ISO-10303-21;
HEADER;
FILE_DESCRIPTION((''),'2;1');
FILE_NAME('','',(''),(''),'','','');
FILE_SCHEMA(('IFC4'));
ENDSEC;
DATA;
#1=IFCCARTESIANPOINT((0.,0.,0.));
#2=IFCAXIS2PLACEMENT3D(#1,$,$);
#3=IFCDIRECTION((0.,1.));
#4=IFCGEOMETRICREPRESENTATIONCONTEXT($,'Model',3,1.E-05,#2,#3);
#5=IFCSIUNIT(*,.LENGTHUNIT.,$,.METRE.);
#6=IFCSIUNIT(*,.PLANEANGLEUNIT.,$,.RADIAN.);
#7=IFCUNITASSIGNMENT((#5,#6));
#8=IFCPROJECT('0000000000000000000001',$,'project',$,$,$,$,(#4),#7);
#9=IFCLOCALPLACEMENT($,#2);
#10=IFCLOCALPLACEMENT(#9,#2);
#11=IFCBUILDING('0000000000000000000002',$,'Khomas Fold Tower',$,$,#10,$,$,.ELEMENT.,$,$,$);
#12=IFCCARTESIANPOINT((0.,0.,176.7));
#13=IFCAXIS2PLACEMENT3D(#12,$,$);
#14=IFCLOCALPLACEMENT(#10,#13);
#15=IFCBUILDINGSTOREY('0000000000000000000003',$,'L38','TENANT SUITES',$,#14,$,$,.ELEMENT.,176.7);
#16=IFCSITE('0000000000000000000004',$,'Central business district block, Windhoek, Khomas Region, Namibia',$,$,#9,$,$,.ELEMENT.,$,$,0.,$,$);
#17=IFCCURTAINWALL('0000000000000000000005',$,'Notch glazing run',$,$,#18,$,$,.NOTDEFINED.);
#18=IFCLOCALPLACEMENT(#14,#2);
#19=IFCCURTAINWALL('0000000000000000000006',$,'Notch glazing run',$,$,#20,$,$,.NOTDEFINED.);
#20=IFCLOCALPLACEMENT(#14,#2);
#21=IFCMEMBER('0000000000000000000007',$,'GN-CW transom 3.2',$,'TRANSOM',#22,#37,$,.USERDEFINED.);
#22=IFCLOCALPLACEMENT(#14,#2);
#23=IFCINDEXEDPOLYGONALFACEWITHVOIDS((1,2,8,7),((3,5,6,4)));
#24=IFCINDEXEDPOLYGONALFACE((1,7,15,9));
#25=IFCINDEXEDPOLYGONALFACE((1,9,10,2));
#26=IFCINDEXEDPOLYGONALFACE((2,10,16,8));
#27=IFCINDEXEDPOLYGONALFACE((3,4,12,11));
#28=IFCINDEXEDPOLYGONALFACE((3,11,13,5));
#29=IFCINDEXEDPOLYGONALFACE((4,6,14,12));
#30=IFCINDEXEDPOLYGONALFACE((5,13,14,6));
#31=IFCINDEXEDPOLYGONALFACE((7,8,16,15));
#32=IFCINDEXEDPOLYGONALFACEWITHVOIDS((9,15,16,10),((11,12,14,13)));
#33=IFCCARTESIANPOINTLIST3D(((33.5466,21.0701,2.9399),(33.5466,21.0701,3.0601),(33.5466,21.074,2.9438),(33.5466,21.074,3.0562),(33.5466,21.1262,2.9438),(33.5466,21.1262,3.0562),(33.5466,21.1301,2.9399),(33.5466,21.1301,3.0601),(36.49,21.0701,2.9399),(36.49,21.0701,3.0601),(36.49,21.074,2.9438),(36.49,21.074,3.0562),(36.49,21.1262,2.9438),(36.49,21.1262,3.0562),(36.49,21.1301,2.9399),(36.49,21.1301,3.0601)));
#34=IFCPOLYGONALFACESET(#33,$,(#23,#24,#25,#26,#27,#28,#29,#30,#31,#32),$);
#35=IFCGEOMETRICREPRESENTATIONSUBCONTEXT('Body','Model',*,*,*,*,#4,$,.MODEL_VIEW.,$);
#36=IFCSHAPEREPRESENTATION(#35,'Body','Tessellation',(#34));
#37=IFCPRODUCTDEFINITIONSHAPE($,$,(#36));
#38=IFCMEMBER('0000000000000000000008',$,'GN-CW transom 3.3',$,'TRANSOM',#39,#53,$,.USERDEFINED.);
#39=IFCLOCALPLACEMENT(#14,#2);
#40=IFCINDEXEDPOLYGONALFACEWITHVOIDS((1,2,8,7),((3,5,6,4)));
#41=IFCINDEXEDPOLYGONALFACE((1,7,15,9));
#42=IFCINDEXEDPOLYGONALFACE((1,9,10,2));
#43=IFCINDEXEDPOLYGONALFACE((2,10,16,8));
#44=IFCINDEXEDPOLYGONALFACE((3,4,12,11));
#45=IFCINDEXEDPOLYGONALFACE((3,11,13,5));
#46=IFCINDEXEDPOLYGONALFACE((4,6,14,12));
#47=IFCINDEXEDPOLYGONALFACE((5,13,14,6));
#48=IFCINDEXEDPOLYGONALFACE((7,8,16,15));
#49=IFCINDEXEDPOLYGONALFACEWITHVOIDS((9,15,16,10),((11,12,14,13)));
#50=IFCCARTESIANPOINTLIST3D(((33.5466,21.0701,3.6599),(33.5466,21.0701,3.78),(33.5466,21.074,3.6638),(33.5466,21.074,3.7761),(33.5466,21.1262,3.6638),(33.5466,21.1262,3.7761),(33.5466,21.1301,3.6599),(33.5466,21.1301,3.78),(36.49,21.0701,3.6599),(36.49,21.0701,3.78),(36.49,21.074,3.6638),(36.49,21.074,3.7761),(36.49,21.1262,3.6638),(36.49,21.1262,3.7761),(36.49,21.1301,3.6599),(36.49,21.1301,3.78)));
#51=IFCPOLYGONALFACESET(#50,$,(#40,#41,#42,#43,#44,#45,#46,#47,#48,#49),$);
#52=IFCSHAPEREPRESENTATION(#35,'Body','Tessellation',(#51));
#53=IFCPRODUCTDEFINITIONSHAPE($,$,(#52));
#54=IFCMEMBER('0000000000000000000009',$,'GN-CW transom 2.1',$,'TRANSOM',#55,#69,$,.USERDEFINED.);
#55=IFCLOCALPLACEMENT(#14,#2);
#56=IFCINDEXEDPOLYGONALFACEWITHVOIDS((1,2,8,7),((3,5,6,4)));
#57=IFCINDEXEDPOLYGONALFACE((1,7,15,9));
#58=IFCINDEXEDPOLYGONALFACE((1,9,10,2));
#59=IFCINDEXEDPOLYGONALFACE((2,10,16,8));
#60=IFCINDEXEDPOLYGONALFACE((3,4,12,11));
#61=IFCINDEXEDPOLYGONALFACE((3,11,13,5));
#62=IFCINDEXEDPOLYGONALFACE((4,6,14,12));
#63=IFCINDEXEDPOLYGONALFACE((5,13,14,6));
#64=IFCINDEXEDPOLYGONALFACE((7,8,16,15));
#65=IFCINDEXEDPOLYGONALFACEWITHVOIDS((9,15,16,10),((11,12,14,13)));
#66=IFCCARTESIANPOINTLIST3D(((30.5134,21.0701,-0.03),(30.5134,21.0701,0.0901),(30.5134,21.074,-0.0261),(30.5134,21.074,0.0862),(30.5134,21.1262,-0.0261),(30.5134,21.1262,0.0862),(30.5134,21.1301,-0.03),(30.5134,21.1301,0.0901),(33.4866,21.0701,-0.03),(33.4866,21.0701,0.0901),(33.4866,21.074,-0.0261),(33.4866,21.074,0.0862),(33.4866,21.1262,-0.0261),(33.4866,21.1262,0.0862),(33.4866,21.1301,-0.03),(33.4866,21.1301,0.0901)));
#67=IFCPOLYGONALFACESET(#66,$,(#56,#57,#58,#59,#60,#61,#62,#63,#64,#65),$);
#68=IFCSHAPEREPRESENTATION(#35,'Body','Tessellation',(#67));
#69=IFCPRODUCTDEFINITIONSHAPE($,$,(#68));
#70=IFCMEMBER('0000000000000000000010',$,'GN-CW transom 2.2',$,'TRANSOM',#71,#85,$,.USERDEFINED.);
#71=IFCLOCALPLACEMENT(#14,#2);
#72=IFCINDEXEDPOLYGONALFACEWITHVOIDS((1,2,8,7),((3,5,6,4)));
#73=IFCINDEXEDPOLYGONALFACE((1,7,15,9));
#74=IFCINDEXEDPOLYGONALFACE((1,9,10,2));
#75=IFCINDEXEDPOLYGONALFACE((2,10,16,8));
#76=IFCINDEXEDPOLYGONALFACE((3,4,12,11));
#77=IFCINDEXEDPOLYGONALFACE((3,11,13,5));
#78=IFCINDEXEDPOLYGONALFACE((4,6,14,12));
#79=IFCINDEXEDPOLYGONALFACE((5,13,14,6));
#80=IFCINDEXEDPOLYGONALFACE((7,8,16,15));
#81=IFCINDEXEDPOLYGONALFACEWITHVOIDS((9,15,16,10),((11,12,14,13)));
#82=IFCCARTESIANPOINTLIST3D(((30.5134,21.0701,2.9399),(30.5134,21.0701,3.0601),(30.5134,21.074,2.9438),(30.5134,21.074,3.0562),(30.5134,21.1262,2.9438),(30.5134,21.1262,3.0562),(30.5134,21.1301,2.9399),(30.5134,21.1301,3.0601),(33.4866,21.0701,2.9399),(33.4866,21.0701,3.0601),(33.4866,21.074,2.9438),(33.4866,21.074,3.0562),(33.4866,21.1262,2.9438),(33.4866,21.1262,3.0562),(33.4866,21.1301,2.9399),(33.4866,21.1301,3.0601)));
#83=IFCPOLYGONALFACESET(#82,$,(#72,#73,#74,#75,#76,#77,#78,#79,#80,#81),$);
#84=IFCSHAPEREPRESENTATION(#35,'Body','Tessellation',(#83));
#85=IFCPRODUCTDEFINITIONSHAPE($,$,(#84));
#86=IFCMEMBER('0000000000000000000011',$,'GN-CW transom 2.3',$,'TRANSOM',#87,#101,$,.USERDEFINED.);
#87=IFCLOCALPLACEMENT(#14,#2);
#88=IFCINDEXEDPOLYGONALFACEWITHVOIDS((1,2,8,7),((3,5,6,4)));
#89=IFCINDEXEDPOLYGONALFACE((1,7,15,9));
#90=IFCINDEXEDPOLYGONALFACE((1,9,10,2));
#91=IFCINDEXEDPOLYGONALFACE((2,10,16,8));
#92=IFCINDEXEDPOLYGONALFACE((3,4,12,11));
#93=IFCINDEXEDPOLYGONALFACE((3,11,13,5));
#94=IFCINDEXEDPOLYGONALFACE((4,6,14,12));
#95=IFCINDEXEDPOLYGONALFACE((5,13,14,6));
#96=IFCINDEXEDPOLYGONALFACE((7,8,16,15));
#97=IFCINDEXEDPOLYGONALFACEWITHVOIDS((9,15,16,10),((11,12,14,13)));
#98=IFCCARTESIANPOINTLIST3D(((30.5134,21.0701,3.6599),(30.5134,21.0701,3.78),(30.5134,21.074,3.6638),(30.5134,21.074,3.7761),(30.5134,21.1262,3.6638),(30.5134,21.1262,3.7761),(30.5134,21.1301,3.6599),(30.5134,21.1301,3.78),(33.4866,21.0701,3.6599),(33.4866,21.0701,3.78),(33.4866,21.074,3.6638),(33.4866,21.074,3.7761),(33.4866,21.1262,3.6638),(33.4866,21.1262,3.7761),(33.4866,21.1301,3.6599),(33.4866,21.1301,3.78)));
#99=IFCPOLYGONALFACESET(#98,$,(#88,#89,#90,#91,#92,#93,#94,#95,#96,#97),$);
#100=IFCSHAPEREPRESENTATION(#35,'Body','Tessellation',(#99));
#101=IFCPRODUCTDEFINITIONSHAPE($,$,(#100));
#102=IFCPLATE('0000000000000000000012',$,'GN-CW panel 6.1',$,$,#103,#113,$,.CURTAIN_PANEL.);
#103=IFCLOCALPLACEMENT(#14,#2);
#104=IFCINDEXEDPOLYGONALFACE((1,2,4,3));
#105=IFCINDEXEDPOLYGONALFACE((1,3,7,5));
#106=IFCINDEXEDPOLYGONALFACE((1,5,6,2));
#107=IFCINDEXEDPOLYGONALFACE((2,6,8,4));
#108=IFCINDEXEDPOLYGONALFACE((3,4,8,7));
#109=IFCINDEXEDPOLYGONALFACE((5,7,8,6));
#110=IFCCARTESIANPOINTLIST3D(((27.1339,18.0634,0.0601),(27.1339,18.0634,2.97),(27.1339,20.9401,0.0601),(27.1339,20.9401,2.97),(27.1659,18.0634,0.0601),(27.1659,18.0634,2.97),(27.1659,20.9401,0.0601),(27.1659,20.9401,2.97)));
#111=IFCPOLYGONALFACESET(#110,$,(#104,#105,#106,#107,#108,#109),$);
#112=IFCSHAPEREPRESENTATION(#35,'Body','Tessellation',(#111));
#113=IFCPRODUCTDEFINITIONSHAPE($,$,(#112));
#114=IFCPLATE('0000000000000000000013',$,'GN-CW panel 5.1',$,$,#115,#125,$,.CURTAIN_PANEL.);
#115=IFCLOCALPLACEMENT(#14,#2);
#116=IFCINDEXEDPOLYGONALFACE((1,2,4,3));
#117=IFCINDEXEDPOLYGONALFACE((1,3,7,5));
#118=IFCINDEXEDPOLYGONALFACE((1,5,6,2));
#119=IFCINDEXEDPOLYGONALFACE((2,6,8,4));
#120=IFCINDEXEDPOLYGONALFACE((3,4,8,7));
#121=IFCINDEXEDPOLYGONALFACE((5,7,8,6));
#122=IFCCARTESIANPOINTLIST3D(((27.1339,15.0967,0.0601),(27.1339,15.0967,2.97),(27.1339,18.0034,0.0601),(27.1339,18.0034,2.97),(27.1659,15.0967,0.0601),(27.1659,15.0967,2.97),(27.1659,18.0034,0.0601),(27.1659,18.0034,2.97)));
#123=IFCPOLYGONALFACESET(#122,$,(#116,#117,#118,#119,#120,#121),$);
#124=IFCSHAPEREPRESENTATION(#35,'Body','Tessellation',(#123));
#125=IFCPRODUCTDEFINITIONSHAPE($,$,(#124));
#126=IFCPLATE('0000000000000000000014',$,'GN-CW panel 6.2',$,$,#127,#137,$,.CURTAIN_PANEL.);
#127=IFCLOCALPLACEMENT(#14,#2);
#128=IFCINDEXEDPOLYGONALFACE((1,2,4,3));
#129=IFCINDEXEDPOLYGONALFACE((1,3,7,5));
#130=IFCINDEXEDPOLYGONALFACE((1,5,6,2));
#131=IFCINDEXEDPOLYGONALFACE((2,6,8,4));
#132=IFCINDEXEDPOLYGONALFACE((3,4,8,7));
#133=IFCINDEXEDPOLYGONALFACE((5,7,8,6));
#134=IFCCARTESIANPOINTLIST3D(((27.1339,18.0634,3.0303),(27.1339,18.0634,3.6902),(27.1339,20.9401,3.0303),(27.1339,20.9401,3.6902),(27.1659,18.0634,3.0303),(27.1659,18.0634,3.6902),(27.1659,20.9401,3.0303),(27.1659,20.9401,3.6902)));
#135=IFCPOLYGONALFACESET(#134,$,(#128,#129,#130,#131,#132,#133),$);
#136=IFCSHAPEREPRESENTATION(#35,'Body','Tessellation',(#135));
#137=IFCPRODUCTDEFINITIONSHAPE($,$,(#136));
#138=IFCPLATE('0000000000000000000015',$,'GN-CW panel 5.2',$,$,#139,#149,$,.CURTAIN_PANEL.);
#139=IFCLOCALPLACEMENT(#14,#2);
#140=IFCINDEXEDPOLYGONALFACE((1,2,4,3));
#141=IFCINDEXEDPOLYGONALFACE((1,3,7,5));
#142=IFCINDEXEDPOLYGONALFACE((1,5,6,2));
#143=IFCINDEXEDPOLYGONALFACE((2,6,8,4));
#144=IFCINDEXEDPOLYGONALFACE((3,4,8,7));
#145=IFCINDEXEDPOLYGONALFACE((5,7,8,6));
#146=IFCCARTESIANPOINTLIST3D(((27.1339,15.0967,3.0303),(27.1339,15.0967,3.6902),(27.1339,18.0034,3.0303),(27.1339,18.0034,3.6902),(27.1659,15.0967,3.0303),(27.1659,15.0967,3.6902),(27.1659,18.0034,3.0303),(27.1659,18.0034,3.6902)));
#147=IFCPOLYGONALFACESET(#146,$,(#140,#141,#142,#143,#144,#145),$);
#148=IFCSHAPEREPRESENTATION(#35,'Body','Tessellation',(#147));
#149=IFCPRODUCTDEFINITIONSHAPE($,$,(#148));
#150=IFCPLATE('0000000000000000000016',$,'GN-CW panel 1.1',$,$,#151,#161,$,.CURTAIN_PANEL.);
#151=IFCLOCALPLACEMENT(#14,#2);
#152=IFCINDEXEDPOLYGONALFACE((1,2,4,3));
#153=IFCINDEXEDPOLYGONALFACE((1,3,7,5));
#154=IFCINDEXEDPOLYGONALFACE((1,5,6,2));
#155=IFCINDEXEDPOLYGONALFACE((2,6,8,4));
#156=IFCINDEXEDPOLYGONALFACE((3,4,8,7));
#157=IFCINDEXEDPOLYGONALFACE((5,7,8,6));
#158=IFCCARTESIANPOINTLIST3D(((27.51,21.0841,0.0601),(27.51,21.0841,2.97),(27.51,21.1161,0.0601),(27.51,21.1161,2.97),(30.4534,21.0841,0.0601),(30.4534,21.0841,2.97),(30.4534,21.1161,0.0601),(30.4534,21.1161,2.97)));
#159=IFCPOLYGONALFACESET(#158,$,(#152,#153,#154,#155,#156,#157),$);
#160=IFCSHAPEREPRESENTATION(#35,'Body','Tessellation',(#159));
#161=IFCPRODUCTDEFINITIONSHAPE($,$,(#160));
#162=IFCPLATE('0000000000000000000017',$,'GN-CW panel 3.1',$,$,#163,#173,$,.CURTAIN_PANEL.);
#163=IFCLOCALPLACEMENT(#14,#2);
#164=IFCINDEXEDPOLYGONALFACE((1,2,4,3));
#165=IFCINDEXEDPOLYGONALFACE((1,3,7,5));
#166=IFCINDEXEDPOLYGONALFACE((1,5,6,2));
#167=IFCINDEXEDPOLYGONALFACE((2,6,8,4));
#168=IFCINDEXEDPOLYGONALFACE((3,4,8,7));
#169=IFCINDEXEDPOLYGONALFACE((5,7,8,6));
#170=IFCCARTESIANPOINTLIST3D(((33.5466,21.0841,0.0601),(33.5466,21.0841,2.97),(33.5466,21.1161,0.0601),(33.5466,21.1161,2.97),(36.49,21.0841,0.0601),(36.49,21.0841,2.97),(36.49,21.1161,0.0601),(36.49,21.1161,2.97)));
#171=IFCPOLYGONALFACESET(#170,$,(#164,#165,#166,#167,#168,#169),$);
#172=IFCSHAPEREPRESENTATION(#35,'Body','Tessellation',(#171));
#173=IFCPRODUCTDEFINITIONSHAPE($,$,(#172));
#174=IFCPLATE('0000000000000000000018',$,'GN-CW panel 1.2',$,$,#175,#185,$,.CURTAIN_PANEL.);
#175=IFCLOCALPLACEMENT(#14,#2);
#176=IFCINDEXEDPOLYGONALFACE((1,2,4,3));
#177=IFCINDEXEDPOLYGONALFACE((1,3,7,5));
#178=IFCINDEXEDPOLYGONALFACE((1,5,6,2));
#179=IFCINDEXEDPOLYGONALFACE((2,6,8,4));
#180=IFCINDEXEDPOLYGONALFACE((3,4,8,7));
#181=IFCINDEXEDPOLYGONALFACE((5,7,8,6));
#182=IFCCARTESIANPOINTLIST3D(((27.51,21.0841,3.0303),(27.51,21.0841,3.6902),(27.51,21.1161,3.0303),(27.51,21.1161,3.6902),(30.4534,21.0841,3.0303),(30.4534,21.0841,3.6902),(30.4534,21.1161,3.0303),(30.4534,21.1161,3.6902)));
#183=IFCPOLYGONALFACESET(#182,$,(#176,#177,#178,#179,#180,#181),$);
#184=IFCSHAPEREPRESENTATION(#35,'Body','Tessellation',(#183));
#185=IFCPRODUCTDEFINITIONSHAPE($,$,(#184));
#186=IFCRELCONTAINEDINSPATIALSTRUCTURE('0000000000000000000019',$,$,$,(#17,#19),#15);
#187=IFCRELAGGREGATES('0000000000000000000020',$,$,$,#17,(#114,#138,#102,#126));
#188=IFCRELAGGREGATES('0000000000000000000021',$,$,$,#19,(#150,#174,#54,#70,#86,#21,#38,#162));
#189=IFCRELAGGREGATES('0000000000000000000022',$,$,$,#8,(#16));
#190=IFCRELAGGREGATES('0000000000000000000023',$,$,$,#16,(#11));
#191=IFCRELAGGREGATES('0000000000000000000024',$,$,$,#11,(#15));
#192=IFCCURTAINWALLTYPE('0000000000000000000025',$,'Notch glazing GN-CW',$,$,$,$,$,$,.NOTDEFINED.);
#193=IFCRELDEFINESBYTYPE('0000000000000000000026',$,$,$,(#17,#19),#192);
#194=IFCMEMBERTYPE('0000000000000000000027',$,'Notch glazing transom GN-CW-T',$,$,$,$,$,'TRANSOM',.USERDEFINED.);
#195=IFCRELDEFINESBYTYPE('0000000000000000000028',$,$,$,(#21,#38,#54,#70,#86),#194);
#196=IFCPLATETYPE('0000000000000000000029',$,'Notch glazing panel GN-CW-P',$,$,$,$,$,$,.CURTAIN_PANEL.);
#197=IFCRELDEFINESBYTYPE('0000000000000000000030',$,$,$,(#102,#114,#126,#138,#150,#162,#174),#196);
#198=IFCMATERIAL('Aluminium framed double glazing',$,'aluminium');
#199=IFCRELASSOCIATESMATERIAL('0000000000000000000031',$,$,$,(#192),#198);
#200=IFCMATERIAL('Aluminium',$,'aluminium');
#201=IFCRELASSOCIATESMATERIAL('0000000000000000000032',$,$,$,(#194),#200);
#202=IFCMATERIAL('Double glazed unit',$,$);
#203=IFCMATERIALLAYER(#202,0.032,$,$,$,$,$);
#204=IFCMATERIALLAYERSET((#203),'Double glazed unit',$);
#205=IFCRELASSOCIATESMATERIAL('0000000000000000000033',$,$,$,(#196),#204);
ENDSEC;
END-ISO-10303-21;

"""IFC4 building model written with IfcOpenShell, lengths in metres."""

from ifc_helpers import new_model, si_unit, direction, frame, origin, origin_2d, place, context, subcontext, project, spatial, rectangle, hollow_rectangle, extrude, source, transform, mapped, material, layer, layer_set, material_profile, profile_set, type_object, element, aggregate, save


model = new_model("IFC4")

# Units and contexts
model_context = context("Model", 3, precision=1e-05, world=origin(), true_north=direction((0.0, 1.0)))
body_context = subcontext(model_context, "Body", "Model", "MODEL_VIEW")
ifc_project = project(units=[si_unit("LENGTHUNIT", "METRE"), si_unit("PLANEANGLEUNIT", "RADIAN")], contexts=[model_context])

# Site, building, storey
site_placement = place(None, origin())
site = spatial("IfcSite", under=ifc_project, at=site_placement, Name="Central business district block, Windhoek, Khomas Region, Namibia", CompositionType="ELEMENT", RefElevation=0.0)
building_placement = place(site_placement, origin())
building = spatial("IfcBuilding", under=site, at=building_placement, Name="Khomas Fold Tower", CompositionType="ELEMENT")
storey_placement = place(building_placement, frame((0.0, 0.0, 176.7)))
storey = spatial("IfcBuildingStorey", under=building, at=storey_placement, Name="L38", Description="TENANT SUITES", CompositionType="ELEMENT", Elevation=176.7)

# Curtain wall
ifc_material_1 = material(Name="Aluminium framed double glazing", Category="aluminium")
curtain_wall_type = type_object("IfcCurtainWallType", Name="Notch glazing GN-CW", PredefinedType="NOTDEFINED", material=ifc_material_1)
curtain_wall_1_placement = place(storey_placement, origin())
curtain_wall_1 = element("IfcCurtainWall", 1, at=curtain_wall_1_placement, inside=storey, type_object=curtain_wall_type, Name="Notch glazing run", PredefinedType="NOTDEFINED")
ifc_material_2 = material(Name="Aluminium", Category="aluminium")
ifc_material_profile_1 = material_profile(ifc_material_2, hollow_rectangle(XDim=0.0601, YDim=0.1201, WallThickness=0.0039, at=origin_2d()), Name="Notch glazing transom GN-CW-T")
ifc_profile_set_1 = profile_set([ifc_material_profile_1], Name="Aluminium")
member_type_1 = type_object("IfcMemberType", Name="Notch glazing transom GN-CW-T", ElementType="TRANSOM", PredefinedType="USERDEFINED", material=ifc_profile_set_1)

# Curtain wall, members
curtain_wall_2_placement = place(storey_placement, origin())
curtain_wall_2 = element("IfcCurtainWall", 2, at=curtain_wall_2_placement, inside=storey, type_object=curtain_wall_type, Name="Notch glazing run", PredefinedType="NOTDEFINED")
shared_shape_1 = source(origin(), body_context, "Body", "SweptSolid", [
    extrude(hollow_rectangle(XDim=0.0601, YDim=0.1201, WallThickness=0.0039, at=origin_2d()), origin(), (0.0, 0.0, 1.0), 2.9434),
])
member_1_placement = place(storey_placement, frame((33.5466, 21.1001, 3.0), z_axis=(1.0, 0.0, 0.0), x_axis=(0.0, 1.0, 0.0)))
member_1 = element("IfcMember", 3, at=member_1_placement, type_object=member_type_1, Name="GN-CW transom 3.2", ObjectType="TRANSOM", PredefinedType="USERDEFINED", context=body_context, shape_type="MappedRepresentation", body=[
    mapped(shared_shape_1, transform((0.0, 0.0, 0.0))),
])
member_2_placement = place(storey_placement, frame((33.5466, 21.1001, 3.72), z_axis=(1.0, 0.0, 0.0), x_axis=(0.0, 1.0, 0.0)))
member_2 = element("IfcMember", 4, at=member_2_placement, type_object=member_type_1, Name="GN-CW transom 3.3", ObjectType="TRANSOM", PredefinedType="USERDEFINED", context=body_context, shape_type="MappedRepresentation", body=[
    mapped(shared_shape_1, transform((0.0, 0.0, 0.0))),
])
shared_shape_2 = source(origin(), body_context, "Body", "SweptSolid", [
    extrude(hollow_rectangle(XDim=0.0601, YDim=0.1201, WallThickness=0.0039, at=origin_2d()), origin(), (0.0, 0.0, 1.0), 2.9731),
])
member_3_placement = place(storey_placement, frame((30.5134, 21.1001, 0.03), z_axis=(1.0, 0.0, 0.0), x_axis=(0.0, 1.0, 0.0)))
member_3 = element("IfcMember", 5, at=member_3_placement, type_object=member_type_1, Name="GN-CW transom 2.1", ObjectType="TRANSOM", PredefinedType="USERDEFINED", context=body_context, shape_type="MappedRepresentation", body=[
    mapped(shared_shape_2, transform((0.0, 0.0, 0.0))),
])
member_4_placement = place(storey_placement, frame((30.5134, 21.1001, 3.0), z_axis=(1.0, 0.0, 0.0), x_axis=(0.0, 1.0, 0.0)))
member_4 = element("IfcMember", 6, at=member_4_placement, type_object=member_type_1, Name="GN-CW transom 2.2", ObjectType="TRANSOM", PredefinedType="USERDEFINED", context=body_context, shape_type="MappedRepresentation", body=[
    mapped(shared_shape_2, transform((0.0, 0.0, 0.0))),
])
member_5_placement = place(storey_placement, frame((30.5134, 21.1001, 3.72), z_axis=(1.0, 0.0, 0.0), x_axis=(0.0, 1.0, 0.0)))
member_5 = element("IfcMember", 7, at=member_5_placement, type_object=member_type_1, Name="GN-CW transom 2.3", ObjectType="TRANSOM", PredefinedType="USERDEFINED", context=body_context, shape_type="MappedRepresentation", body=[
    mapped(shared_shape_2, transform((0.0, 0.0, 0.0))),
])

# Plates
ifc_material_3 = material(Name="Double glazed unit")
ifc_layer_1 = layer(ifc_material_3, 0.032)
ifc_layer_set_1 = layer_set([ifc_layer_1], Name="Double glazed unit")
plate_type = type_object("IfcPlateType", Name="Notch glazing panel GN-CW-P", PredefinedType="CURTAIN_PANEL", material=ifc_layer_set_1)
shared_shape_3 = source(origin(), body_context, "Body", "SweptSolid", [
    extrude(rectangle(XDim=2.8767, YDim=0.032, at=origin_2d()), origin(), (0.0, 0.0, 1.0), 2.9099),
])
plate_1_placement = place(storey_placement, frame((27.1499, 19.5017, 0.0601), z_axis=(0.0, 0.0, 1.0), x_axis=(0.0, 1.0, 0.0)))
plate_1 = element("IfcPlate", 8, at=plate_1_placement, type_object=plate_type, Name="GN-CW panel 6.1", PredefinedType="CURTAIN_PANEL", context=body_context, shape_type="MappedRepresentation", body=[
    mapped(shared_shape_3, transform((0.0, 0.0, 0.0))),
])
shared_shape_4 = source(origin(), body_context, "Body", "SweptSolid", [
    extrude(rectangle(XDim=2.9067, YDim=0.032, at=origin_2d()), origin(), (0.0, 0.0, 1.0), 2.9099),
])
plate_2_placement = place(storey_placement, frame((27.1499, 16.55, 0.0601), z_axis=(0.0, 0.0, 1.0), x_axis=(0.0, 1.0, 0.0)))
plate_2 = element("IfcPlate", 9, at=plate_2_placement, type_object=plate_type, Name="GN-CW panel 5.1", PredefinedType="CURTAIN_PANEL", context=body_context, shape_type="MappedRepresentation", body=[
    mapped(shared_shape_4, transform((0.0, 0.0, 0.0))),
])
shared_shape_5 = source(origin(), body_context, "Body", "SweptSolid", [
    extrude(rectangle(XDim=2.8767, YDim=0.032, at=origin_2d()), origin(), (0.0, 0.0, 1.0), 0.6599),
])
plate_3_placement = place(storey_placement, frame((27.1499, 19.5017, 3.0303), z_axis=(0.0, 0.0, 1.0), x_axis=(0.0, 1.0, 0.0)))
plate_3 = element("IfcPlate", 10, at=plate_3_placement, type_object=plate_type, Name="GN-CW panel 6.2", PredefinedType="CURTAIN_PANEL", context=body_context, shape_type="MappedRepresentation", body=[
    mapped(shared_shape_5, transform((0.0, 0.0, 0.0))),
])
shared_shape_6 = source(origin(), body_context, "Body", "SweptSolid", [
    extrude(rectangle(XDim=2.9067, YDim=0.032, at=origin_2d()), origin(), (0.0, 0.0, 1.0), 0.6599),
])
plate_4_placement = place(storey_placement, frame((27.1499, 16.55, 3.0303), z_axis=(0.0, 0.0, 1.0), x_axis=(0.0, 1.0, 0.0)))
plate_4 = element("IfcPlate", 11, at=plate_4_placement, type_object=plate_type, Name="GN-CW panel 5.2", PredefinedType="CURTAIN_PANEL", context=body_context, shape_type="MappedRepresentation", body=[
    mapped(shared_shape_6, transform((0.0, 0.0, 0.0))),
])
aggregate(curtain_wall_1, [plate_2, plate_4, plate_1, plate_3])
shared_shape_7 = source(origin(), body_context, "Body", "SweptSolid", [
    extrude(rectangle(XDim=2.9434, YDim=0.032, at=origin_2d()), origin(), (0.0, 0.0, 1.0), 2.9099),
])
plate_5_placement = place(storey_placement, frame((28.9817, 21.1001, 0.0601), z_axis=(0.0, 0.0, 1.0), x_axis=(1.0, 0.0, 0.0)))
plate_5 = element("IfcPlate", 12, at=plate_5_placement, type_object=plate_type, Name="GN-CW panel 1.1", PredefinedType="CURTAIN_PANEL", context=body_context, shape_type="MappedRepresentation", body=[
    mapped(shared_shape_7, transform((0.0, 0.0, 0.0))),
])
plate_6_placement = place(storey_placement, frame((35.0183, 21.1001, 0.0601), z_axis=(0.0, 0.0, 1.0), x_axis=(1.0, 0.0, 0.0)))
plate_6 = element("IfcPlate", 13, at=plate_6_placement, type_object=plate_type, Name="GN-CW panel 3.1", PredefinedType="CURTAIN_PANEL", context=body_context, shape_type="MappedRepresentation", body=[
    mapped(shared_shape_7, transform((0.0, 0.0, 0.0))),
])
shared_shape_8 = source(origin(), body_context, "Body", "SweptSolid", [
    extrude(rectangle(XDim=2.9434, YDim=0.032, at=origin_2d()), origin(), (0.0, 0.0, 1.0), 0.6599),
])
plate_7_placement = place(storey_placement, frame((28.9817, 21.1001, 3.0303), z_axis=(0.0, 0.0, 1.0), x_axis=(1.0, 0.0, 0.0)))
plate_7 = element("IfcPlate", 14, at=plate_7_placement, type_object=plate_type, Name="GN-CW panel 1.2", PredefinedType="CURTAIN_PANEL", context=body_context, shape_type="MappedRepresentation", body=[
    mapped(shared_shape_8, transform((0.0, 0.0, 0.0))),
])
aggregate(curtain_wall_2, [plate_5, plate_7, member_3, member_4, member_5, member_1, member_2, plate_6])

save(model, "model.ifc")
